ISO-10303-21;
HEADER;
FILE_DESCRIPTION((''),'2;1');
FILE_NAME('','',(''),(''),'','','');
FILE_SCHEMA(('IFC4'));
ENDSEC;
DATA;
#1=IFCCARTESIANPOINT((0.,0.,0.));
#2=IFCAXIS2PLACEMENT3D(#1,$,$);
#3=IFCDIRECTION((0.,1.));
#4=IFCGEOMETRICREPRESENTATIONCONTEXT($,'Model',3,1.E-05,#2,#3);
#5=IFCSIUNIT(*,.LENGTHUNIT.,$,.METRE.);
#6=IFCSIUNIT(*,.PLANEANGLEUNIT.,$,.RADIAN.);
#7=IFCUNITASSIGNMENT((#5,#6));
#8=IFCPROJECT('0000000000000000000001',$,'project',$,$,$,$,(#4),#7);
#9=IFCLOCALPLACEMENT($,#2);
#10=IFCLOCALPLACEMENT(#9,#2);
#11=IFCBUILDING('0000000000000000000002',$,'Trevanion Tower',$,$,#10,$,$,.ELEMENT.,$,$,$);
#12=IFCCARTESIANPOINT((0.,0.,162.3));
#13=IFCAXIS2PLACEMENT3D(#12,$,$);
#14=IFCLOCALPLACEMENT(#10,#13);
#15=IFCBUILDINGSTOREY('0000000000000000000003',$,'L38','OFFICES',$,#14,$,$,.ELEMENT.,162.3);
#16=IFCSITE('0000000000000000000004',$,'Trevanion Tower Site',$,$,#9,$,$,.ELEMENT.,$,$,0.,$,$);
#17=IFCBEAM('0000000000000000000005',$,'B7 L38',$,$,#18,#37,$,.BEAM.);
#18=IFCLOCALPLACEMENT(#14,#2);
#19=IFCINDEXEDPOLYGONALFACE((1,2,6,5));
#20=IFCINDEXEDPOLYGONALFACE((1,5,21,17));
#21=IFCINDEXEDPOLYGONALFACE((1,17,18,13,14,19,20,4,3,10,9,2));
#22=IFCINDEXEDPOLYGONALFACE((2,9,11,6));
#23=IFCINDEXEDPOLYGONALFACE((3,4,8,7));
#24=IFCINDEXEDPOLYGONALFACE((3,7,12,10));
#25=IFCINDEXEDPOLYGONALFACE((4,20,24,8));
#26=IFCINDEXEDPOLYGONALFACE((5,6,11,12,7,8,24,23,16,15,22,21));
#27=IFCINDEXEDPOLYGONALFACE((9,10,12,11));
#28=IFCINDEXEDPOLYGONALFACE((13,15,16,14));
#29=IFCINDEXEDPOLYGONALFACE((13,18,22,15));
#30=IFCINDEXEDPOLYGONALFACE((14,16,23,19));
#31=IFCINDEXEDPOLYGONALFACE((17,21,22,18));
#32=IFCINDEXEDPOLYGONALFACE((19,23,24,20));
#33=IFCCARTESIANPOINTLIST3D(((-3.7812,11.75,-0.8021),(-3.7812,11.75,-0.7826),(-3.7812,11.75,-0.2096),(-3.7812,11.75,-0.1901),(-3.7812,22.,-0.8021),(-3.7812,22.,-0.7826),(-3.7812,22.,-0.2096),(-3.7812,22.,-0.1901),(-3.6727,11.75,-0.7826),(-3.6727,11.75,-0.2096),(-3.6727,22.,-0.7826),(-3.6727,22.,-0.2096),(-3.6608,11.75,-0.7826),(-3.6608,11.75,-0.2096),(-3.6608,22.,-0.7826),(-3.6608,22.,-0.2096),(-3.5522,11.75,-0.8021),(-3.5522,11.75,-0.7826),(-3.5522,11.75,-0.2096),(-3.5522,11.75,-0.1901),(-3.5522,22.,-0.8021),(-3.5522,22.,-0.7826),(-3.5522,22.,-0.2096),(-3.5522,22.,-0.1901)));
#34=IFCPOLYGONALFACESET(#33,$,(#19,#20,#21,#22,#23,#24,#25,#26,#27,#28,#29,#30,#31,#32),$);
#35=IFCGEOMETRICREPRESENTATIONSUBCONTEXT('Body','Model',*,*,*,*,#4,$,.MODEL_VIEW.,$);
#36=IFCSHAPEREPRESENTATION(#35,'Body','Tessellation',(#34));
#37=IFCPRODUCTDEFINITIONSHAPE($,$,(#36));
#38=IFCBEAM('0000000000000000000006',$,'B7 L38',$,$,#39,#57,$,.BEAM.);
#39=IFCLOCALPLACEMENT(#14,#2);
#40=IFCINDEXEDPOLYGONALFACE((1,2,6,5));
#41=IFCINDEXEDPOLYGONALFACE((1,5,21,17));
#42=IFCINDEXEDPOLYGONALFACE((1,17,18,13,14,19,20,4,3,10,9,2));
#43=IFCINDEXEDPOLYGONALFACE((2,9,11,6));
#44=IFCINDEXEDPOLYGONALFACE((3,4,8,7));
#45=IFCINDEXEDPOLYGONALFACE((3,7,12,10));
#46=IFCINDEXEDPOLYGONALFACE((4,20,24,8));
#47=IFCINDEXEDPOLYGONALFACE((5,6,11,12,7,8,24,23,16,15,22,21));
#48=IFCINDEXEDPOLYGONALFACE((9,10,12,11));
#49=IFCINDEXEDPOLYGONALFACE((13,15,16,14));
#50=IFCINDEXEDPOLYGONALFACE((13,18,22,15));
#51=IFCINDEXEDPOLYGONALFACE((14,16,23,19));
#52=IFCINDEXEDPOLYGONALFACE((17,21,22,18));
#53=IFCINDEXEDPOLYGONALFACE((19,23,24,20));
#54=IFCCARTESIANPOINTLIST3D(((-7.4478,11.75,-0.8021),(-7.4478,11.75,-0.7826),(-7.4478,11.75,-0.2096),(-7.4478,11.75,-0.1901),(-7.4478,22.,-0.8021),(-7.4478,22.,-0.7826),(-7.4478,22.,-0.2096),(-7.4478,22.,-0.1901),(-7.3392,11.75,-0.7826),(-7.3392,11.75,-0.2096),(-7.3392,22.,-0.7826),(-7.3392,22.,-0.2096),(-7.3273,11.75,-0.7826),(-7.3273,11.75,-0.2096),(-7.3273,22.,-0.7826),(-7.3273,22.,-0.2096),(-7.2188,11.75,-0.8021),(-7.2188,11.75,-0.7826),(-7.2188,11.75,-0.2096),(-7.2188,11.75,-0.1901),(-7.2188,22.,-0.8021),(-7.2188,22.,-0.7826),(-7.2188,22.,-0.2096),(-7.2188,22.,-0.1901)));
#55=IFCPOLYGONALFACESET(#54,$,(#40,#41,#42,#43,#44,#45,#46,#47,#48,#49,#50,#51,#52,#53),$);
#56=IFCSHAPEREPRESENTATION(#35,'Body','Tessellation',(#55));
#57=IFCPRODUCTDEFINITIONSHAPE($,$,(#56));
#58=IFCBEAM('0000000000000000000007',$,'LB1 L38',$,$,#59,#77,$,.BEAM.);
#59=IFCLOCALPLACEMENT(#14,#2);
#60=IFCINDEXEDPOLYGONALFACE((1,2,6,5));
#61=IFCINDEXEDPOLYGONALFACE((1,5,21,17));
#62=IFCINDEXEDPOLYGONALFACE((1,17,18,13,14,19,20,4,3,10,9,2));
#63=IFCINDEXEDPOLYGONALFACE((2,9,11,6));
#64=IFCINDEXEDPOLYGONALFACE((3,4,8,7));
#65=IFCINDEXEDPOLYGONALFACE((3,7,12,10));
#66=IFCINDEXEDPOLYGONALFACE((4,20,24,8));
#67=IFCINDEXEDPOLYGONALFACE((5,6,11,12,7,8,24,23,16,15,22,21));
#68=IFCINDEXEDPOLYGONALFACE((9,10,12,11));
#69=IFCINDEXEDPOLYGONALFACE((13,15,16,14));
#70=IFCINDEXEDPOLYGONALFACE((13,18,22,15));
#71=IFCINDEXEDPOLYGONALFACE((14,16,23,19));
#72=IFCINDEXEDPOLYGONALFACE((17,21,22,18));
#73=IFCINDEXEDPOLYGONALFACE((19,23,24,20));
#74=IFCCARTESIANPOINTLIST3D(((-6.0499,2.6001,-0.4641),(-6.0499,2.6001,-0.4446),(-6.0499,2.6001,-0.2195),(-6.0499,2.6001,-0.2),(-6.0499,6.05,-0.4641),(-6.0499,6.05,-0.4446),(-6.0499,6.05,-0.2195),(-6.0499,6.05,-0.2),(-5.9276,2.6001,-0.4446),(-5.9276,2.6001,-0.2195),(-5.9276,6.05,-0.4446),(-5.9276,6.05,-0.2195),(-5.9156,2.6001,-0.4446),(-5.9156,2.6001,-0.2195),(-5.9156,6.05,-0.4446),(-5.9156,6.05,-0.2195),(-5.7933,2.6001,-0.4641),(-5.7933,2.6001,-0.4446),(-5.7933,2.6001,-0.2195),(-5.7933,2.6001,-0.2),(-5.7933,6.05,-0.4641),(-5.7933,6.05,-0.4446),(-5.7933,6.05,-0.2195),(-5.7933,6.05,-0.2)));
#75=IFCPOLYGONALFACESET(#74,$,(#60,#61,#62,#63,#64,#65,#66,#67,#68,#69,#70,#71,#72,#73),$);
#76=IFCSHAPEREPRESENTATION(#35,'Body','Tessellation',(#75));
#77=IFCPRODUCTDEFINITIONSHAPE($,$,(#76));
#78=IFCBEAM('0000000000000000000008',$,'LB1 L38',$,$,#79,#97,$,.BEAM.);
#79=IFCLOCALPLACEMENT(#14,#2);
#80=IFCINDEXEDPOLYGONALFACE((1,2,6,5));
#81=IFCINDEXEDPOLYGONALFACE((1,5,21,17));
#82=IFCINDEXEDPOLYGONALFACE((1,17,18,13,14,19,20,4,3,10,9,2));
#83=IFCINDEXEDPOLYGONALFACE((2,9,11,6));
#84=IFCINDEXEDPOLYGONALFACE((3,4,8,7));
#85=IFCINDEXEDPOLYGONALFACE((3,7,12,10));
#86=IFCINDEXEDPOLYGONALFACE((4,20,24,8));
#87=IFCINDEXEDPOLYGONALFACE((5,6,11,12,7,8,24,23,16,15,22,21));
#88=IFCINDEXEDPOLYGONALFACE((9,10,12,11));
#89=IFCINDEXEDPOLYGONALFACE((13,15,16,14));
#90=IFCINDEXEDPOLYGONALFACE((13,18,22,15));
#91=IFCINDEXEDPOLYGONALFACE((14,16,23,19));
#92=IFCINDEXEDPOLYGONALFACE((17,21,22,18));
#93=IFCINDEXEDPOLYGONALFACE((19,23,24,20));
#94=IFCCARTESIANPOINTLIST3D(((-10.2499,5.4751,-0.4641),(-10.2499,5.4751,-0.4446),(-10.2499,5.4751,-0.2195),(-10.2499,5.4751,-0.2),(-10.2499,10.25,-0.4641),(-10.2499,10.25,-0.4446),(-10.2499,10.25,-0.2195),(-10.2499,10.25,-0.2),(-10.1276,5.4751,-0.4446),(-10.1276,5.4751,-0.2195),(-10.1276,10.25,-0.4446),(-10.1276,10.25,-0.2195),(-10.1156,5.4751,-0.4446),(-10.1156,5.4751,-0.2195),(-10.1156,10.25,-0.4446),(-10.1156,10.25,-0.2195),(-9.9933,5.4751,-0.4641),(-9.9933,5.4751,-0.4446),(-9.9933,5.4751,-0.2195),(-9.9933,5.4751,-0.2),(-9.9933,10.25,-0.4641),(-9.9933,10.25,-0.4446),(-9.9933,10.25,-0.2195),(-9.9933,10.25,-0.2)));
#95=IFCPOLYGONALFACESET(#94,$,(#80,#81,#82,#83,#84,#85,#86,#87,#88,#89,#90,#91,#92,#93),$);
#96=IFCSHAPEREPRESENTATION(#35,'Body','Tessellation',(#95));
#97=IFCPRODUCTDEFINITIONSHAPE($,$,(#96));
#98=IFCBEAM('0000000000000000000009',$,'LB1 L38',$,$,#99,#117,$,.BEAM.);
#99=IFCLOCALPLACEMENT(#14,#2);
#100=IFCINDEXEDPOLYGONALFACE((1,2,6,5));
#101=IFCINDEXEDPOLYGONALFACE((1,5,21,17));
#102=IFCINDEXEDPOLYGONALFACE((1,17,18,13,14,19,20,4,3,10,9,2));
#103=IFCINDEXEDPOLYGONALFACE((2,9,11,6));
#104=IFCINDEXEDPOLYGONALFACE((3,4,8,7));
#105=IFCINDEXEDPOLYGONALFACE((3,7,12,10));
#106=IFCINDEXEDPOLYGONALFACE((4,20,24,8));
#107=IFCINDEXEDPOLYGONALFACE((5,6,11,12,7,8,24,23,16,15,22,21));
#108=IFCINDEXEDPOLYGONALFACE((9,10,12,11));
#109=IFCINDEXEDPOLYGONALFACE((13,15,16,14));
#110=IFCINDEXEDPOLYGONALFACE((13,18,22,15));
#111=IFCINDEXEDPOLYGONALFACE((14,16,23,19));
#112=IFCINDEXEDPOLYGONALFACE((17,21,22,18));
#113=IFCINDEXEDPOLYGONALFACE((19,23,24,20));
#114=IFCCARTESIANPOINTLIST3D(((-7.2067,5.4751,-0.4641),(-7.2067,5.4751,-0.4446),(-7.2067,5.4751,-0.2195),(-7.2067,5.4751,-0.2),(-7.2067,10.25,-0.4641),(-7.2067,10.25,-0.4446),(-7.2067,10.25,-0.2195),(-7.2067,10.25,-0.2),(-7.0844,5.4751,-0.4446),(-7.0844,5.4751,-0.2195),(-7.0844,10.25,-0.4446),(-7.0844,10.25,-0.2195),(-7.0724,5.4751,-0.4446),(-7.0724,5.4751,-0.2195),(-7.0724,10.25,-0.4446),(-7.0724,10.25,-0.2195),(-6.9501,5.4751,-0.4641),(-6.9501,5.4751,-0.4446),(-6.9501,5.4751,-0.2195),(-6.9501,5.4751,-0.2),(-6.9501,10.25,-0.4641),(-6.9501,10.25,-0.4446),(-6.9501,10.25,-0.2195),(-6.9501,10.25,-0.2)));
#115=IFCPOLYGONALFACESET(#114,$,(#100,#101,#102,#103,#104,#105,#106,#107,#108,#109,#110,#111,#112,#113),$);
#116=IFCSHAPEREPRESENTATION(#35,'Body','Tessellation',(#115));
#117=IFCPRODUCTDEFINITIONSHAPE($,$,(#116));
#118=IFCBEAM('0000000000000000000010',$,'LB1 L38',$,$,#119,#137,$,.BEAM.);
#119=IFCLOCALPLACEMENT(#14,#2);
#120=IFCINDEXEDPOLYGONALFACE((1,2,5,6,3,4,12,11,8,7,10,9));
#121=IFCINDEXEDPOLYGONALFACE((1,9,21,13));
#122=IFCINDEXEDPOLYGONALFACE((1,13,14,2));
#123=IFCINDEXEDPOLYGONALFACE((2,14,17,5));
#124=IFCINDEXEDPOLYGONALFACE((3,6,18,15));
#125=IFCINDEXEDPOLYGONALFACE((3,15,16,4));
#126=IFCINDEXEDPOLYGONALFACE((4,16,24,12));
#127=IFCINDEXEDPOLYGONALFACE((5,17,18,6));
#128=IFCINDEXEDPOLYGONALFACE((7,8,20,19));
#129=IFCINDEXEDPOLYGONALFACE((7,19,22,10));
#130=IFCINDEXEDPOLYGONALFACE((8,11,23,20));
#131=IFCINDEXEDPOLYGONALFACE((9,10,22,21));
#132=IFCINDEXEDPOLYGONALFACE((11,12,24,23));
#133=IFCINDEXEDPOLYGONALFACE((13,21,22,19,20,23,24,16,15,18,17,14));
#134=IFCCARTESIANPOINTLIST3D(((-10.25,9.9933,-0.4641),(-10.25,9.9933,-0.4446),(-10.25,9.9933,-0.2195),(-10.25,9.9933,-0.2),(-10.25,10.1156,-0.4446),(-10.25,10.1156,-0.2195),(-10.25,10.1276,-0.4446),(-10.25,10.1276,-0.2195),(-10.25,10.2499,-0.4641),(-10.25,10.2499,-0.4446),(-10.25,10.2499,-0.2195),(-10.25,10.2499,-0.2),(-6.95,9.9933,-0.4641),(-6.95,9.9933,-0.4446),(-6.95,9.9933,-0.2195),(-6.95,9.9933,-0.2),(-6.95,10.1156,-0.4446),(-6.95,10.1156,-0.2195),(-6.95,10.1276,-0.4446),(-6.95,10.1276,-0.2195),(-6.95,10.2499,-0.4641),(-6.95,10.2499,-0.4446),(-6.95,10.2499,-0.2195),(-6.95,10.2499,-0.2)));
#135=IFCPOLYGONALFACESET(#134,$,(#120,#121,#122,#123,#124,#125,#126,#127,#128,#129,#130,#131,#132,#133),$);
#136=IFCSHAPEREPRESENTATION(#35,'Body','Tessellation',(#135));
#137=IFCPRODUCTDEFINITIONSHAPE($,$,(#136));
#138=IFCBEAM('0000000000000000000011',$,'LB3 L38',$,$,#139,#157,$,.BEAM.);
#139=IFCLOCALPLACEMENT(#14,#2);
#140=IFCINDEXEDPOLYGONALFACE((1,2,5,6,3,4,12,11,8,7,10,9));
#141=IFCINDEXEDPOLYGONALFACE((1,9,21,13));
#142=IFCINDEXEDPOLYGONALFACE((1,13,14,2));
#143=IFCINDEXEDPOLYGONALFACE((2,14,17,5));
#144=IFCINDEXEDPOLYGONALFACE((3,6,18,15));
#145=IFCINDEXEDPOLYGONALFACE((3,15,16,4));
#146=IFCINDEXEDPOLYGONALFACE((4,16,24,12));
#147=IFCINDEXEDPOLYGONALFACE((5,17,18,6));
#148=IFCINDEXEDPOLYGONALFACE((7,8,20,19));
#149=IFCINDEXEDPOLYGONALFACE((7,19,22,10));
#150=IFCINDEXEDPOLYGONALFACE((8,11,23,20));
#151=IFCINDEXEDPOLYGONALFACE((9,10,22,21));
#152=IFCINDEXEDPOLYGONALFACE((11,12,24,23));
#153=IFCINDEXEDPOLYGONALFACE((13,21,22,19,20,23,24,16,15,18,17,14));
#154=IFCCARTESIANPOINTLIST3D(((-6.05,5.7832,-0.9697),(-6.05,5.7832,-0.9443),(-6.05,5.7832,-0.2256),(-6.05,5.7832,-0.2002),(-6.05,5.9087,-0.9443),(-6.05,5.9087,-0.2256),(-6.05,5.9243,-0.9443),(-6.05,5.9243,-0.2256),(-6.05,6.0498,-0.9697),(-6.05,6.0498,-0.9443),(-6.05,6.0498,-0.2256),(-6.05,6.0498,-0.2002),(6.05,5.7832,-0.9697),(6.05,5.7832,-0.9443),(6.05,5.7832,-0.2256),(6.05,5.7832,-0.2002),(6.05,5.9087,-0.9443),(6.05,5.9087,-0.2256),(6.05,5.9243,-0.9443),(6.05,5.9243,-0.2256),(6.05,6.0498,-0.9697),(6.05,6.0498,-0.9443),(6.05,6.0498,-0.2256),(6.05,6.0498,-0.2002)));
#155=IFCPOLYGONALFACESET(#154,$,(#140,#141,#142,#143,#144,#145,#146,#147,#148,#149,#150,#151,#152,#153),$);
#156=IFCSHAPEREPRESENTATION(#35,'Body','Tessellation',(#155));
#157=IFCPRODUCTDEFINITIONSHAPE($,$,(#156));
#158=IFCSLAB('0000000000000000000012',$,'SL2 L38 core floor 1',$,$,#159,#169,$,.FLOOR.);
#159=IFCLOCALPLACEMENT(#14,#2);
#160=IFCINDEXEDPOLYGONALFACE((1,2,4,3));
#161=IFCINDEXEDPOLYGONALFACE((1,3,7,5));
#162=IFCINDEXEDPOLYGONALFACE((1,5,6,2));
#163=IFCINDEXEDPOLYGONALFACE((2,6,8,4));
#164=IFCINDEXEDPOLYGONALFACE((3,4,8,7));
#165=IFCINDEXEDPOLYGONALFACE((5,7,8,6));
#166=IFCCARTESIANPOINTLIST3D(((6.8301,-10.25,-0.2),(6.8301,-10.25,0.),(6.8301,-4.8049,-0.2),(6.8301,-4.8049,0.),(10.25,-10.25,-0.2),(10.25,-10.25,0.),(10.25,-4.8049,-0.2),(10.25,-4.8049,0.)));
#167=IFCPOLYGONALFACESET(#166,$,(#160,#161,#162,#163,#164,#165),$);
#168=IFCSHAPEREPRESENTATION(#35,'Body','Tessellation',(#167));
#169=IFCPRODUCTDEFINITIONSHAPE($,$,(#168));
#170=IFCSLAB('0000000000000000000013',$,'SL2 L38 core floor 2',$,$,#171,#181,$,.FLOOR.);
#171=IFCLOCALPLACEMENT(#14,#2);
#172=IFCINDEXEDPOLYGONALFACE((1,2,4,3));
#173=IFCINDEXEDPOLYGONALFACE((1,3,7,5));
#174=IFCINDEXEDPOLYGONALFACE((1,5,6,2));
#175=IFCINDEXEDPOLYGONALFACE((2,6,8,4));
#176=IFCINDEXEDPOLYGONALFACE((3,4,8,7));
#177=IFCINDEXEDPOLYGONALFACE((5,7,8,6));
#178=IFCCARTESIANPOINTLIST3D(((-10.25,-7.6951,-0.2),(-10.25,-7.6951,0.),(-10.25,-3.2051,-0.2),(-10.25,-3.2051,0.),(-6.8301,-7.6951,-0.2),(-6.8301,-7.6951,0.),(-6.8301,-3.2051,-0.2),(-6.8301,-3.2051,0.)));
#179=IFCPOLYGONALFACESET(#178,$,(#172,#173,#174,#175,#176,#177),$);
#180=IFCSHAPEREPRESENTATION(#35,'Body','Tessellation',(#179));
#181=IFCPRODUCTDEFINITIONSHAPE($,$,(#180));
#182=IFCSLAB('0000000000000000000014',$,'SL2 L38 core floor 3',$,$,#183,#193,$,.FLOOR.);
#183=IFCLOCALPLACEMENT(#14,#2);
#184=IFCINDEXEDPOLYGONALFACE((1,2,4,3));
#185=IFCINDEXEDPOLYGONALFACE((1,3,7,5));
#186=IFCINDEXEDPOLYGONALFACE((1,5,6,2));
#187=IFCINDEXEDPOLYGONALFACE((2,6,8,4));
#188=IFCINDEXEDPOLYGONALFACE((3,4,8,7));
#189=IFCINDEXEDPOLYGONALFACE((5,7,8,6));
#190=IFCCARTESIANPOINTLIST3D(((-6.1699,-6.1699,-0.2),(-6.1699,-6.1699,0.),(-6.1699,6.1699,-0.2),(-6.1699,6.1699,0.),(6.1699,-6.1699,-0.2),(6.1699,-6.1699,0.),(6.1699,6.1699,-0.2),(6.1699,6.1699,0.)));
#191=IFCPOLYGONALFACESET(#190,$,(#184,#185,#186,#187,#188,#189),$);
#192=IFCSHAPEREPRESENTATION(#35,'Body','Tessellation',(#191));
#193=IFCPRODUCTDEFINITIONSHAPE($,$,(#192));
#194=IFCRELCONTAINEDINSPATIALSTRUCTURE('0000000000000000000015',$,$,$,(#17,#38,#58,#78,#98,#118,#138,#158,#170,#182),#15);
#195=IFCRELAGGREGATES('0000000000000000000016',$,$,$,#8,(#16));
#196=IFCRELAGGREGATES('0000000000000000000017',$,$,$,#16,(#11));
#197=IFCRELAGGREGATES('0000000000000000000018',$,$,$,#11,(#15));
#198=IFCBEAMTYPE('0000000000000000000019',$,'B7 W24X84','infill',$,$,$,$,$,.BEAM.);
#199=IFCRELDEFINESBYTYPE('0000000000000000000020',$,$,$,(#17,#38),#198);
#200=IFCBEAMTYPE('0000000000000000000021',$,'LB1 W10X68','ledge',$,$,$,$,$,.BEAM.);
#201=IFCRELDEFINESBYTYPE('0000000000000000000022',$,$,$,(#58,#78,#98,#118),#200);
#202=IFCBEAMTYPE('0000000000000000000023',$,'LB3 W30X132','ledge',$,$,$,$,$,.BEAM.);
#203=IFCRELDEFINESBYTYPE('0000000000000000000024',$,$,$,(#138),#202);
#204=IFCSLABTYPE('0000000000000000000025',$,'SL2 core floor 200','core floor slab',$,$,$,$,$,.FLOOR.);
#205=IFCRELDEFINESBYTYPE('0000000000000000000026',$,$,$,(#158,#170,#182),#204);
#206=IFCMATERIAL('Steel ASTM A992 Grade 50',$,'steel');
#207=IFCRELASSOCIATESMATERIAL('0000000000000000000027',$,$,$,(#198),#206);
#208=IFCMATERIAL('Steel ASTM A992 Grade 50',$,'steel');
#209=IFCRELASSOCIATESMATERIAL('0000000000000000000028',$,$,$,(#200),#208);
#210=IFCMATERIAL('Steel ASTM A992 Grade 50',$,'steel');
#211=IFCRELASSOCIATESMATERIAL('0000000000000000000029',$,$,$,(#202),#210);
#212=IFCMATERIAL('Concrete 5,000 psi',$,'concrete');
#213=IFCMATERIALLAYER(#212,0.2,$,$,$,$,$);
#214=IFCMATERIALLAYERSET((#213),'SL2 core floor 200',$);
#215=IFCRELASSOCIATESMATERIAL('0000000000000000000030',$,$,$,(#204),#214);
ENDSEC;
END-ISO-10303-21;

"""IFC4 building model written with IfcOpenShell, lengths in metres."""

from ifc_helpers import new_model, si_unit, direction, frame, origin, origin_2d, place, context, subcontext, project, spatial, polyline, i_section, outline, extrude, material, layer, layer_set, material_profile, profile_set, type_object, element, save


model = new_model("IFC4")

# Units and contexts
model_context = context("Model", 3, precision=1e-05, world=origin(), true_north=direction((0.0, 1.0)))
body_context = subcontext(model_context, "Body", "Model", "MODEL_VIEW")
ifc_project = project(units=[si_unit("LENGTHUNIT", "METRE"), si_unit("PLANEANGLEUNIT", "RADIAN")], contexts=[model_context])

# Site, building, storey
site_placement = place(None, origin())
site = spatial("IfcSite", under=ifc_project, at=site_placement, Name="Trevanion Tower Site", CompositionType="ELEMENT", RefElevation=0.0)
building_placement = place(site_placement, origin())
building = spatial("IfcBuilding", under=site, at=building_placement, Name="Trevanion Tower", CompositionType="ELEMENT")
storey_placement = place(building_placement, frame((0.0, 0.0, 162.3)))
storey = spatial("IfcBuildingStorey", under=building, at=storey_placement, Name="L38", Description="OFFICES", CompositionType="ELEMENT", Elevation=162.3)

# Beams
ifc_material_1 = material(Name="Steel ASTM A992 Grade 50", Category="steel")
ifc_material_profile_1 = material_profile(ifc_material_1, i_section(OverallWidth=0.229, OverallDepth=0.6121, WebThickness=0.012, FlangeThickness=0.0195, at=origin_2d()), Name="W24X84")
ifc_profile_set_1 = profile_set([ifc_material_profile_1], Name="Steel ASTM A992 Grade 50")
beam_type_1 = type_object("IfcBeamType", Name="B7 W24X84", Description="infill", PredefinedType="BEAM", material=ifc_profile_set_1)
for number, where, z_axis, x_axis, name in (
    (1, (-3.6667, 11.75, -0.4961), (0.0, 1.0, 0.0), (-1.0, 0.0, 0.0), "B7 L38"),
    (2, (-7.3333, 11.75, -0.4961), (0.0, 1.0, 0.0), (-1.0, 0.0, 0.0), "B7 L38"),
):
    element("IfcBeam", number, at=place(storey_placement, frame(where, z_axis=z_axis, x_axis=x_axis)), inside=storey, type_object=beam_type_1, Name=name, PredefinedType="BEAM", context=body_context, shape_type="SweptSolid", body=[
        extrude(i_section(OverallWidth=0.229, OverallDepth=0.6121, WebThickness=0.012, FlangeThickness=0.0195, at=origin_2d()), origin(), (0.0, 0.0, 1.0), 10.25),
    ])
ifc_material_2 = material(Name="Steel ASTM A992 Grade 50", Category="steel")
ifc_material_profile_2 = material_profile(ifc_material_2, i_section(OverallWidth=0.2566, OverallDepth=0.2642, WebThickness=0.012, FlangeThickness=0.0195, at=origin_2d()), Name="W10X68")
ifc_profile_set_2 = profile_set([ifc_material_profile_2], Name="Steel ASTM A992 Grade 50")
beam_type_2 = type_object("IfcBeamType", Name="LB1 W10X68", Description="ledge", PredefinedType="BEAM", material=ifc_profile_set_2)
beam_1_placement = place(storey_placement, frame((-5.9216, 2.6001, -0.332), z_axis=(0.0, 1.0, 0.0), x_axis=(-1.0, 0.0, 0.0)))
element("IfcBeam", 3, at=beam_1_placement, inside=storey, type_object=beam_type_2, Name="LB1 L38", PredefinedType="BEAM", context=body_context, shape_type="SweptSolid", body=[
    extrude(i_section(OverallWidth=0.2566, OverallDepth=0.2642, WebThickness=0.012, FlangeThickness=0.0195, at=origin_2d()), origin(), (0.0, 0.0, 1.0), 3.45),
])
for number, where, z_axis, x_axis, name in (
    (4, (-10.1216, 5.4751, -0.332), (0.0, 1.0, 0.0), (-1.0, 0.0, 0.0), "LB1 L38"),
    (5, (-7.0784, 5.4751, -0.332), (0.0, 1.0, 0.0), (-1.0, 0.0, 0.0), "LB1 L38"),
):
    element("IfcBeam", number, at=place(storey_placement, frame(where, z_axis=z_axis, x_axis=x_axis)), inside=storey, type_object=beam_type_2, Name=name, PredefinedType="BEAM", context=body_context, shape_type="SweptSolid", body=[
        extrude(i_section(OverallWidth=0.2566, OverallDepth=0.2642, WebThickness=0.012, FlangeThickness=0.0195, at=origin_2d()), origin(), (0.0, 0.0, 1.0), 4.7749),
    ])
beam_2_placement = place(storey_placement, frame((-10.25, 10.1216, -0.332), z_axis=(1.0, 0.0, 0.0), x_axis=(0.0, 1.0, 0.0)))
element("IfcBeam", 6, at=beam_2_placement, inside=storey, type_object=beam_type_2, Name="LB1 L38", PredefinedType="BEAM", context=body_context, shape_type="SweptSolid", body=[
    extrude(i_section(OverallWidth=0.2566, OverallDepth=0.2642, WebThickness=0.012, FlangeThickness=0.0195, at=origin_2d()), origin(), (0.0, 0.0, 1.0), 3.3),
])
ifc_material_3 = material(Name="Steel ASTM A992 Grade 50", Category="steel")
ifc_material_profile_3 = material_profile(ifc_material_3, i_section(OverallWidth=0.2666, OverallDepth=0.7695, WebThickness=0.0156, FlangeThickness=0.0254, at=origin_2d()), Name="W30X132")
ifc_profile_set_3 = profile_set([ifc_material_profile_3], Name="Steel ASTM A992 Grade 50")
beam_type_3 = type_object("IfcBeamType", Name="LB3 W30X132", Description="ledge", PredefinedType="BEAM", material=ifc_profile_set_3)
beam_3_placement = place(storey_placement, frame((-6.05, 5.9165, -0.585), z_axis=(1.0, 0.0, 0.0), x_axis=(0.0, 1.0, 0.0)))
element("IfcBeam", 7, at=beam_3_placement, inside=storey, type_object=beam_type_3, Name="LB3 L38", PredefinedType="BEAM", context=body_context, shape_type="SweptSolid", body=[
    extrude(i_section(OverallWidth=0.2666, OverallDepth=0.7695, WebThickness=0.0156, FlangeThickness=0.0254, at=origin_2d()), origin(), (0.0, 0.0, 1.0), 12.1001),
])

# Slabs
ifc_material_4 = material(Name="Concrete 5,000 psi", Category="concrete")
ifc_layer_1 = layer(ifc_material_4, 0.2)
ifc_layer_set_1 = layer_set([ifc_layer_1], Name="SL2 core floor 200")
slab_type_1 = type_object("IfcSlabType", Name="SL2 core floor 200", Description="core floor slab", PredefinedType="FLOOR", material=ifc_layer_set_1)
slab_1_placement = place(storey_placement, frame((0.0, 0.0, -0.2)))
element("IfcSlab", 8, at=slab_1_placement, inside=storey, type_object=slab_type_1, Name="SL2 L38 core floor 1", PredefinedType="FLOOR", context=body_context, shape_type="SweptSolid", body=[
    extrude(outline(polyline([(10.25, -4.8049), (10.25, -10.25), (6.8301, -10.25), (6.8301, -4.8049), (10.25, -4.8049)])), origin(), (0.0, 0.0, 1.0), 0.2),
])
slab_2_placement = place(storey_placement, frame((0.0, 0.0, -0.2)))
element("IfcSlab", 9, at=slab_2_placement, inside=storey, type_object=slab_type_1, Name="SL2 L38 core floor 2", PredefinedType="FLOOR", context=body_context, shape_type="SweptSolid", body=[
    extrude(outline(polyline([(-6.8301, -3.2051), (-6.8301, -7.6951), (-10.25, -7.6951), (-10.25, -3.2051), (-6.8301, -3.2051)])), origin(), (0.0, 0.0, 1.0), 0.2),
])
slab_3_placement = place(storey_placement, frame((0.0, 0.0, -0.2)))
element("IfcSlab", 10, at=slab_3_placement, inside=storey, type_object=slab_type_1, Name="SL2 L38 core floor 3", PredefinedType="FLOOR", context=body_context, shape_type="SweptSolid", body=[
    extrude(outline(polyline([(6.1699, -6.1699), (-6.1699, -6.1699), (-6.1699, 6.1699), (6.1699, 6.1699), (6.1699, -6.1699)])), origin(), (0.0, 0.0, 1.0), 0.2),
])

save(model, "model.ifc")
